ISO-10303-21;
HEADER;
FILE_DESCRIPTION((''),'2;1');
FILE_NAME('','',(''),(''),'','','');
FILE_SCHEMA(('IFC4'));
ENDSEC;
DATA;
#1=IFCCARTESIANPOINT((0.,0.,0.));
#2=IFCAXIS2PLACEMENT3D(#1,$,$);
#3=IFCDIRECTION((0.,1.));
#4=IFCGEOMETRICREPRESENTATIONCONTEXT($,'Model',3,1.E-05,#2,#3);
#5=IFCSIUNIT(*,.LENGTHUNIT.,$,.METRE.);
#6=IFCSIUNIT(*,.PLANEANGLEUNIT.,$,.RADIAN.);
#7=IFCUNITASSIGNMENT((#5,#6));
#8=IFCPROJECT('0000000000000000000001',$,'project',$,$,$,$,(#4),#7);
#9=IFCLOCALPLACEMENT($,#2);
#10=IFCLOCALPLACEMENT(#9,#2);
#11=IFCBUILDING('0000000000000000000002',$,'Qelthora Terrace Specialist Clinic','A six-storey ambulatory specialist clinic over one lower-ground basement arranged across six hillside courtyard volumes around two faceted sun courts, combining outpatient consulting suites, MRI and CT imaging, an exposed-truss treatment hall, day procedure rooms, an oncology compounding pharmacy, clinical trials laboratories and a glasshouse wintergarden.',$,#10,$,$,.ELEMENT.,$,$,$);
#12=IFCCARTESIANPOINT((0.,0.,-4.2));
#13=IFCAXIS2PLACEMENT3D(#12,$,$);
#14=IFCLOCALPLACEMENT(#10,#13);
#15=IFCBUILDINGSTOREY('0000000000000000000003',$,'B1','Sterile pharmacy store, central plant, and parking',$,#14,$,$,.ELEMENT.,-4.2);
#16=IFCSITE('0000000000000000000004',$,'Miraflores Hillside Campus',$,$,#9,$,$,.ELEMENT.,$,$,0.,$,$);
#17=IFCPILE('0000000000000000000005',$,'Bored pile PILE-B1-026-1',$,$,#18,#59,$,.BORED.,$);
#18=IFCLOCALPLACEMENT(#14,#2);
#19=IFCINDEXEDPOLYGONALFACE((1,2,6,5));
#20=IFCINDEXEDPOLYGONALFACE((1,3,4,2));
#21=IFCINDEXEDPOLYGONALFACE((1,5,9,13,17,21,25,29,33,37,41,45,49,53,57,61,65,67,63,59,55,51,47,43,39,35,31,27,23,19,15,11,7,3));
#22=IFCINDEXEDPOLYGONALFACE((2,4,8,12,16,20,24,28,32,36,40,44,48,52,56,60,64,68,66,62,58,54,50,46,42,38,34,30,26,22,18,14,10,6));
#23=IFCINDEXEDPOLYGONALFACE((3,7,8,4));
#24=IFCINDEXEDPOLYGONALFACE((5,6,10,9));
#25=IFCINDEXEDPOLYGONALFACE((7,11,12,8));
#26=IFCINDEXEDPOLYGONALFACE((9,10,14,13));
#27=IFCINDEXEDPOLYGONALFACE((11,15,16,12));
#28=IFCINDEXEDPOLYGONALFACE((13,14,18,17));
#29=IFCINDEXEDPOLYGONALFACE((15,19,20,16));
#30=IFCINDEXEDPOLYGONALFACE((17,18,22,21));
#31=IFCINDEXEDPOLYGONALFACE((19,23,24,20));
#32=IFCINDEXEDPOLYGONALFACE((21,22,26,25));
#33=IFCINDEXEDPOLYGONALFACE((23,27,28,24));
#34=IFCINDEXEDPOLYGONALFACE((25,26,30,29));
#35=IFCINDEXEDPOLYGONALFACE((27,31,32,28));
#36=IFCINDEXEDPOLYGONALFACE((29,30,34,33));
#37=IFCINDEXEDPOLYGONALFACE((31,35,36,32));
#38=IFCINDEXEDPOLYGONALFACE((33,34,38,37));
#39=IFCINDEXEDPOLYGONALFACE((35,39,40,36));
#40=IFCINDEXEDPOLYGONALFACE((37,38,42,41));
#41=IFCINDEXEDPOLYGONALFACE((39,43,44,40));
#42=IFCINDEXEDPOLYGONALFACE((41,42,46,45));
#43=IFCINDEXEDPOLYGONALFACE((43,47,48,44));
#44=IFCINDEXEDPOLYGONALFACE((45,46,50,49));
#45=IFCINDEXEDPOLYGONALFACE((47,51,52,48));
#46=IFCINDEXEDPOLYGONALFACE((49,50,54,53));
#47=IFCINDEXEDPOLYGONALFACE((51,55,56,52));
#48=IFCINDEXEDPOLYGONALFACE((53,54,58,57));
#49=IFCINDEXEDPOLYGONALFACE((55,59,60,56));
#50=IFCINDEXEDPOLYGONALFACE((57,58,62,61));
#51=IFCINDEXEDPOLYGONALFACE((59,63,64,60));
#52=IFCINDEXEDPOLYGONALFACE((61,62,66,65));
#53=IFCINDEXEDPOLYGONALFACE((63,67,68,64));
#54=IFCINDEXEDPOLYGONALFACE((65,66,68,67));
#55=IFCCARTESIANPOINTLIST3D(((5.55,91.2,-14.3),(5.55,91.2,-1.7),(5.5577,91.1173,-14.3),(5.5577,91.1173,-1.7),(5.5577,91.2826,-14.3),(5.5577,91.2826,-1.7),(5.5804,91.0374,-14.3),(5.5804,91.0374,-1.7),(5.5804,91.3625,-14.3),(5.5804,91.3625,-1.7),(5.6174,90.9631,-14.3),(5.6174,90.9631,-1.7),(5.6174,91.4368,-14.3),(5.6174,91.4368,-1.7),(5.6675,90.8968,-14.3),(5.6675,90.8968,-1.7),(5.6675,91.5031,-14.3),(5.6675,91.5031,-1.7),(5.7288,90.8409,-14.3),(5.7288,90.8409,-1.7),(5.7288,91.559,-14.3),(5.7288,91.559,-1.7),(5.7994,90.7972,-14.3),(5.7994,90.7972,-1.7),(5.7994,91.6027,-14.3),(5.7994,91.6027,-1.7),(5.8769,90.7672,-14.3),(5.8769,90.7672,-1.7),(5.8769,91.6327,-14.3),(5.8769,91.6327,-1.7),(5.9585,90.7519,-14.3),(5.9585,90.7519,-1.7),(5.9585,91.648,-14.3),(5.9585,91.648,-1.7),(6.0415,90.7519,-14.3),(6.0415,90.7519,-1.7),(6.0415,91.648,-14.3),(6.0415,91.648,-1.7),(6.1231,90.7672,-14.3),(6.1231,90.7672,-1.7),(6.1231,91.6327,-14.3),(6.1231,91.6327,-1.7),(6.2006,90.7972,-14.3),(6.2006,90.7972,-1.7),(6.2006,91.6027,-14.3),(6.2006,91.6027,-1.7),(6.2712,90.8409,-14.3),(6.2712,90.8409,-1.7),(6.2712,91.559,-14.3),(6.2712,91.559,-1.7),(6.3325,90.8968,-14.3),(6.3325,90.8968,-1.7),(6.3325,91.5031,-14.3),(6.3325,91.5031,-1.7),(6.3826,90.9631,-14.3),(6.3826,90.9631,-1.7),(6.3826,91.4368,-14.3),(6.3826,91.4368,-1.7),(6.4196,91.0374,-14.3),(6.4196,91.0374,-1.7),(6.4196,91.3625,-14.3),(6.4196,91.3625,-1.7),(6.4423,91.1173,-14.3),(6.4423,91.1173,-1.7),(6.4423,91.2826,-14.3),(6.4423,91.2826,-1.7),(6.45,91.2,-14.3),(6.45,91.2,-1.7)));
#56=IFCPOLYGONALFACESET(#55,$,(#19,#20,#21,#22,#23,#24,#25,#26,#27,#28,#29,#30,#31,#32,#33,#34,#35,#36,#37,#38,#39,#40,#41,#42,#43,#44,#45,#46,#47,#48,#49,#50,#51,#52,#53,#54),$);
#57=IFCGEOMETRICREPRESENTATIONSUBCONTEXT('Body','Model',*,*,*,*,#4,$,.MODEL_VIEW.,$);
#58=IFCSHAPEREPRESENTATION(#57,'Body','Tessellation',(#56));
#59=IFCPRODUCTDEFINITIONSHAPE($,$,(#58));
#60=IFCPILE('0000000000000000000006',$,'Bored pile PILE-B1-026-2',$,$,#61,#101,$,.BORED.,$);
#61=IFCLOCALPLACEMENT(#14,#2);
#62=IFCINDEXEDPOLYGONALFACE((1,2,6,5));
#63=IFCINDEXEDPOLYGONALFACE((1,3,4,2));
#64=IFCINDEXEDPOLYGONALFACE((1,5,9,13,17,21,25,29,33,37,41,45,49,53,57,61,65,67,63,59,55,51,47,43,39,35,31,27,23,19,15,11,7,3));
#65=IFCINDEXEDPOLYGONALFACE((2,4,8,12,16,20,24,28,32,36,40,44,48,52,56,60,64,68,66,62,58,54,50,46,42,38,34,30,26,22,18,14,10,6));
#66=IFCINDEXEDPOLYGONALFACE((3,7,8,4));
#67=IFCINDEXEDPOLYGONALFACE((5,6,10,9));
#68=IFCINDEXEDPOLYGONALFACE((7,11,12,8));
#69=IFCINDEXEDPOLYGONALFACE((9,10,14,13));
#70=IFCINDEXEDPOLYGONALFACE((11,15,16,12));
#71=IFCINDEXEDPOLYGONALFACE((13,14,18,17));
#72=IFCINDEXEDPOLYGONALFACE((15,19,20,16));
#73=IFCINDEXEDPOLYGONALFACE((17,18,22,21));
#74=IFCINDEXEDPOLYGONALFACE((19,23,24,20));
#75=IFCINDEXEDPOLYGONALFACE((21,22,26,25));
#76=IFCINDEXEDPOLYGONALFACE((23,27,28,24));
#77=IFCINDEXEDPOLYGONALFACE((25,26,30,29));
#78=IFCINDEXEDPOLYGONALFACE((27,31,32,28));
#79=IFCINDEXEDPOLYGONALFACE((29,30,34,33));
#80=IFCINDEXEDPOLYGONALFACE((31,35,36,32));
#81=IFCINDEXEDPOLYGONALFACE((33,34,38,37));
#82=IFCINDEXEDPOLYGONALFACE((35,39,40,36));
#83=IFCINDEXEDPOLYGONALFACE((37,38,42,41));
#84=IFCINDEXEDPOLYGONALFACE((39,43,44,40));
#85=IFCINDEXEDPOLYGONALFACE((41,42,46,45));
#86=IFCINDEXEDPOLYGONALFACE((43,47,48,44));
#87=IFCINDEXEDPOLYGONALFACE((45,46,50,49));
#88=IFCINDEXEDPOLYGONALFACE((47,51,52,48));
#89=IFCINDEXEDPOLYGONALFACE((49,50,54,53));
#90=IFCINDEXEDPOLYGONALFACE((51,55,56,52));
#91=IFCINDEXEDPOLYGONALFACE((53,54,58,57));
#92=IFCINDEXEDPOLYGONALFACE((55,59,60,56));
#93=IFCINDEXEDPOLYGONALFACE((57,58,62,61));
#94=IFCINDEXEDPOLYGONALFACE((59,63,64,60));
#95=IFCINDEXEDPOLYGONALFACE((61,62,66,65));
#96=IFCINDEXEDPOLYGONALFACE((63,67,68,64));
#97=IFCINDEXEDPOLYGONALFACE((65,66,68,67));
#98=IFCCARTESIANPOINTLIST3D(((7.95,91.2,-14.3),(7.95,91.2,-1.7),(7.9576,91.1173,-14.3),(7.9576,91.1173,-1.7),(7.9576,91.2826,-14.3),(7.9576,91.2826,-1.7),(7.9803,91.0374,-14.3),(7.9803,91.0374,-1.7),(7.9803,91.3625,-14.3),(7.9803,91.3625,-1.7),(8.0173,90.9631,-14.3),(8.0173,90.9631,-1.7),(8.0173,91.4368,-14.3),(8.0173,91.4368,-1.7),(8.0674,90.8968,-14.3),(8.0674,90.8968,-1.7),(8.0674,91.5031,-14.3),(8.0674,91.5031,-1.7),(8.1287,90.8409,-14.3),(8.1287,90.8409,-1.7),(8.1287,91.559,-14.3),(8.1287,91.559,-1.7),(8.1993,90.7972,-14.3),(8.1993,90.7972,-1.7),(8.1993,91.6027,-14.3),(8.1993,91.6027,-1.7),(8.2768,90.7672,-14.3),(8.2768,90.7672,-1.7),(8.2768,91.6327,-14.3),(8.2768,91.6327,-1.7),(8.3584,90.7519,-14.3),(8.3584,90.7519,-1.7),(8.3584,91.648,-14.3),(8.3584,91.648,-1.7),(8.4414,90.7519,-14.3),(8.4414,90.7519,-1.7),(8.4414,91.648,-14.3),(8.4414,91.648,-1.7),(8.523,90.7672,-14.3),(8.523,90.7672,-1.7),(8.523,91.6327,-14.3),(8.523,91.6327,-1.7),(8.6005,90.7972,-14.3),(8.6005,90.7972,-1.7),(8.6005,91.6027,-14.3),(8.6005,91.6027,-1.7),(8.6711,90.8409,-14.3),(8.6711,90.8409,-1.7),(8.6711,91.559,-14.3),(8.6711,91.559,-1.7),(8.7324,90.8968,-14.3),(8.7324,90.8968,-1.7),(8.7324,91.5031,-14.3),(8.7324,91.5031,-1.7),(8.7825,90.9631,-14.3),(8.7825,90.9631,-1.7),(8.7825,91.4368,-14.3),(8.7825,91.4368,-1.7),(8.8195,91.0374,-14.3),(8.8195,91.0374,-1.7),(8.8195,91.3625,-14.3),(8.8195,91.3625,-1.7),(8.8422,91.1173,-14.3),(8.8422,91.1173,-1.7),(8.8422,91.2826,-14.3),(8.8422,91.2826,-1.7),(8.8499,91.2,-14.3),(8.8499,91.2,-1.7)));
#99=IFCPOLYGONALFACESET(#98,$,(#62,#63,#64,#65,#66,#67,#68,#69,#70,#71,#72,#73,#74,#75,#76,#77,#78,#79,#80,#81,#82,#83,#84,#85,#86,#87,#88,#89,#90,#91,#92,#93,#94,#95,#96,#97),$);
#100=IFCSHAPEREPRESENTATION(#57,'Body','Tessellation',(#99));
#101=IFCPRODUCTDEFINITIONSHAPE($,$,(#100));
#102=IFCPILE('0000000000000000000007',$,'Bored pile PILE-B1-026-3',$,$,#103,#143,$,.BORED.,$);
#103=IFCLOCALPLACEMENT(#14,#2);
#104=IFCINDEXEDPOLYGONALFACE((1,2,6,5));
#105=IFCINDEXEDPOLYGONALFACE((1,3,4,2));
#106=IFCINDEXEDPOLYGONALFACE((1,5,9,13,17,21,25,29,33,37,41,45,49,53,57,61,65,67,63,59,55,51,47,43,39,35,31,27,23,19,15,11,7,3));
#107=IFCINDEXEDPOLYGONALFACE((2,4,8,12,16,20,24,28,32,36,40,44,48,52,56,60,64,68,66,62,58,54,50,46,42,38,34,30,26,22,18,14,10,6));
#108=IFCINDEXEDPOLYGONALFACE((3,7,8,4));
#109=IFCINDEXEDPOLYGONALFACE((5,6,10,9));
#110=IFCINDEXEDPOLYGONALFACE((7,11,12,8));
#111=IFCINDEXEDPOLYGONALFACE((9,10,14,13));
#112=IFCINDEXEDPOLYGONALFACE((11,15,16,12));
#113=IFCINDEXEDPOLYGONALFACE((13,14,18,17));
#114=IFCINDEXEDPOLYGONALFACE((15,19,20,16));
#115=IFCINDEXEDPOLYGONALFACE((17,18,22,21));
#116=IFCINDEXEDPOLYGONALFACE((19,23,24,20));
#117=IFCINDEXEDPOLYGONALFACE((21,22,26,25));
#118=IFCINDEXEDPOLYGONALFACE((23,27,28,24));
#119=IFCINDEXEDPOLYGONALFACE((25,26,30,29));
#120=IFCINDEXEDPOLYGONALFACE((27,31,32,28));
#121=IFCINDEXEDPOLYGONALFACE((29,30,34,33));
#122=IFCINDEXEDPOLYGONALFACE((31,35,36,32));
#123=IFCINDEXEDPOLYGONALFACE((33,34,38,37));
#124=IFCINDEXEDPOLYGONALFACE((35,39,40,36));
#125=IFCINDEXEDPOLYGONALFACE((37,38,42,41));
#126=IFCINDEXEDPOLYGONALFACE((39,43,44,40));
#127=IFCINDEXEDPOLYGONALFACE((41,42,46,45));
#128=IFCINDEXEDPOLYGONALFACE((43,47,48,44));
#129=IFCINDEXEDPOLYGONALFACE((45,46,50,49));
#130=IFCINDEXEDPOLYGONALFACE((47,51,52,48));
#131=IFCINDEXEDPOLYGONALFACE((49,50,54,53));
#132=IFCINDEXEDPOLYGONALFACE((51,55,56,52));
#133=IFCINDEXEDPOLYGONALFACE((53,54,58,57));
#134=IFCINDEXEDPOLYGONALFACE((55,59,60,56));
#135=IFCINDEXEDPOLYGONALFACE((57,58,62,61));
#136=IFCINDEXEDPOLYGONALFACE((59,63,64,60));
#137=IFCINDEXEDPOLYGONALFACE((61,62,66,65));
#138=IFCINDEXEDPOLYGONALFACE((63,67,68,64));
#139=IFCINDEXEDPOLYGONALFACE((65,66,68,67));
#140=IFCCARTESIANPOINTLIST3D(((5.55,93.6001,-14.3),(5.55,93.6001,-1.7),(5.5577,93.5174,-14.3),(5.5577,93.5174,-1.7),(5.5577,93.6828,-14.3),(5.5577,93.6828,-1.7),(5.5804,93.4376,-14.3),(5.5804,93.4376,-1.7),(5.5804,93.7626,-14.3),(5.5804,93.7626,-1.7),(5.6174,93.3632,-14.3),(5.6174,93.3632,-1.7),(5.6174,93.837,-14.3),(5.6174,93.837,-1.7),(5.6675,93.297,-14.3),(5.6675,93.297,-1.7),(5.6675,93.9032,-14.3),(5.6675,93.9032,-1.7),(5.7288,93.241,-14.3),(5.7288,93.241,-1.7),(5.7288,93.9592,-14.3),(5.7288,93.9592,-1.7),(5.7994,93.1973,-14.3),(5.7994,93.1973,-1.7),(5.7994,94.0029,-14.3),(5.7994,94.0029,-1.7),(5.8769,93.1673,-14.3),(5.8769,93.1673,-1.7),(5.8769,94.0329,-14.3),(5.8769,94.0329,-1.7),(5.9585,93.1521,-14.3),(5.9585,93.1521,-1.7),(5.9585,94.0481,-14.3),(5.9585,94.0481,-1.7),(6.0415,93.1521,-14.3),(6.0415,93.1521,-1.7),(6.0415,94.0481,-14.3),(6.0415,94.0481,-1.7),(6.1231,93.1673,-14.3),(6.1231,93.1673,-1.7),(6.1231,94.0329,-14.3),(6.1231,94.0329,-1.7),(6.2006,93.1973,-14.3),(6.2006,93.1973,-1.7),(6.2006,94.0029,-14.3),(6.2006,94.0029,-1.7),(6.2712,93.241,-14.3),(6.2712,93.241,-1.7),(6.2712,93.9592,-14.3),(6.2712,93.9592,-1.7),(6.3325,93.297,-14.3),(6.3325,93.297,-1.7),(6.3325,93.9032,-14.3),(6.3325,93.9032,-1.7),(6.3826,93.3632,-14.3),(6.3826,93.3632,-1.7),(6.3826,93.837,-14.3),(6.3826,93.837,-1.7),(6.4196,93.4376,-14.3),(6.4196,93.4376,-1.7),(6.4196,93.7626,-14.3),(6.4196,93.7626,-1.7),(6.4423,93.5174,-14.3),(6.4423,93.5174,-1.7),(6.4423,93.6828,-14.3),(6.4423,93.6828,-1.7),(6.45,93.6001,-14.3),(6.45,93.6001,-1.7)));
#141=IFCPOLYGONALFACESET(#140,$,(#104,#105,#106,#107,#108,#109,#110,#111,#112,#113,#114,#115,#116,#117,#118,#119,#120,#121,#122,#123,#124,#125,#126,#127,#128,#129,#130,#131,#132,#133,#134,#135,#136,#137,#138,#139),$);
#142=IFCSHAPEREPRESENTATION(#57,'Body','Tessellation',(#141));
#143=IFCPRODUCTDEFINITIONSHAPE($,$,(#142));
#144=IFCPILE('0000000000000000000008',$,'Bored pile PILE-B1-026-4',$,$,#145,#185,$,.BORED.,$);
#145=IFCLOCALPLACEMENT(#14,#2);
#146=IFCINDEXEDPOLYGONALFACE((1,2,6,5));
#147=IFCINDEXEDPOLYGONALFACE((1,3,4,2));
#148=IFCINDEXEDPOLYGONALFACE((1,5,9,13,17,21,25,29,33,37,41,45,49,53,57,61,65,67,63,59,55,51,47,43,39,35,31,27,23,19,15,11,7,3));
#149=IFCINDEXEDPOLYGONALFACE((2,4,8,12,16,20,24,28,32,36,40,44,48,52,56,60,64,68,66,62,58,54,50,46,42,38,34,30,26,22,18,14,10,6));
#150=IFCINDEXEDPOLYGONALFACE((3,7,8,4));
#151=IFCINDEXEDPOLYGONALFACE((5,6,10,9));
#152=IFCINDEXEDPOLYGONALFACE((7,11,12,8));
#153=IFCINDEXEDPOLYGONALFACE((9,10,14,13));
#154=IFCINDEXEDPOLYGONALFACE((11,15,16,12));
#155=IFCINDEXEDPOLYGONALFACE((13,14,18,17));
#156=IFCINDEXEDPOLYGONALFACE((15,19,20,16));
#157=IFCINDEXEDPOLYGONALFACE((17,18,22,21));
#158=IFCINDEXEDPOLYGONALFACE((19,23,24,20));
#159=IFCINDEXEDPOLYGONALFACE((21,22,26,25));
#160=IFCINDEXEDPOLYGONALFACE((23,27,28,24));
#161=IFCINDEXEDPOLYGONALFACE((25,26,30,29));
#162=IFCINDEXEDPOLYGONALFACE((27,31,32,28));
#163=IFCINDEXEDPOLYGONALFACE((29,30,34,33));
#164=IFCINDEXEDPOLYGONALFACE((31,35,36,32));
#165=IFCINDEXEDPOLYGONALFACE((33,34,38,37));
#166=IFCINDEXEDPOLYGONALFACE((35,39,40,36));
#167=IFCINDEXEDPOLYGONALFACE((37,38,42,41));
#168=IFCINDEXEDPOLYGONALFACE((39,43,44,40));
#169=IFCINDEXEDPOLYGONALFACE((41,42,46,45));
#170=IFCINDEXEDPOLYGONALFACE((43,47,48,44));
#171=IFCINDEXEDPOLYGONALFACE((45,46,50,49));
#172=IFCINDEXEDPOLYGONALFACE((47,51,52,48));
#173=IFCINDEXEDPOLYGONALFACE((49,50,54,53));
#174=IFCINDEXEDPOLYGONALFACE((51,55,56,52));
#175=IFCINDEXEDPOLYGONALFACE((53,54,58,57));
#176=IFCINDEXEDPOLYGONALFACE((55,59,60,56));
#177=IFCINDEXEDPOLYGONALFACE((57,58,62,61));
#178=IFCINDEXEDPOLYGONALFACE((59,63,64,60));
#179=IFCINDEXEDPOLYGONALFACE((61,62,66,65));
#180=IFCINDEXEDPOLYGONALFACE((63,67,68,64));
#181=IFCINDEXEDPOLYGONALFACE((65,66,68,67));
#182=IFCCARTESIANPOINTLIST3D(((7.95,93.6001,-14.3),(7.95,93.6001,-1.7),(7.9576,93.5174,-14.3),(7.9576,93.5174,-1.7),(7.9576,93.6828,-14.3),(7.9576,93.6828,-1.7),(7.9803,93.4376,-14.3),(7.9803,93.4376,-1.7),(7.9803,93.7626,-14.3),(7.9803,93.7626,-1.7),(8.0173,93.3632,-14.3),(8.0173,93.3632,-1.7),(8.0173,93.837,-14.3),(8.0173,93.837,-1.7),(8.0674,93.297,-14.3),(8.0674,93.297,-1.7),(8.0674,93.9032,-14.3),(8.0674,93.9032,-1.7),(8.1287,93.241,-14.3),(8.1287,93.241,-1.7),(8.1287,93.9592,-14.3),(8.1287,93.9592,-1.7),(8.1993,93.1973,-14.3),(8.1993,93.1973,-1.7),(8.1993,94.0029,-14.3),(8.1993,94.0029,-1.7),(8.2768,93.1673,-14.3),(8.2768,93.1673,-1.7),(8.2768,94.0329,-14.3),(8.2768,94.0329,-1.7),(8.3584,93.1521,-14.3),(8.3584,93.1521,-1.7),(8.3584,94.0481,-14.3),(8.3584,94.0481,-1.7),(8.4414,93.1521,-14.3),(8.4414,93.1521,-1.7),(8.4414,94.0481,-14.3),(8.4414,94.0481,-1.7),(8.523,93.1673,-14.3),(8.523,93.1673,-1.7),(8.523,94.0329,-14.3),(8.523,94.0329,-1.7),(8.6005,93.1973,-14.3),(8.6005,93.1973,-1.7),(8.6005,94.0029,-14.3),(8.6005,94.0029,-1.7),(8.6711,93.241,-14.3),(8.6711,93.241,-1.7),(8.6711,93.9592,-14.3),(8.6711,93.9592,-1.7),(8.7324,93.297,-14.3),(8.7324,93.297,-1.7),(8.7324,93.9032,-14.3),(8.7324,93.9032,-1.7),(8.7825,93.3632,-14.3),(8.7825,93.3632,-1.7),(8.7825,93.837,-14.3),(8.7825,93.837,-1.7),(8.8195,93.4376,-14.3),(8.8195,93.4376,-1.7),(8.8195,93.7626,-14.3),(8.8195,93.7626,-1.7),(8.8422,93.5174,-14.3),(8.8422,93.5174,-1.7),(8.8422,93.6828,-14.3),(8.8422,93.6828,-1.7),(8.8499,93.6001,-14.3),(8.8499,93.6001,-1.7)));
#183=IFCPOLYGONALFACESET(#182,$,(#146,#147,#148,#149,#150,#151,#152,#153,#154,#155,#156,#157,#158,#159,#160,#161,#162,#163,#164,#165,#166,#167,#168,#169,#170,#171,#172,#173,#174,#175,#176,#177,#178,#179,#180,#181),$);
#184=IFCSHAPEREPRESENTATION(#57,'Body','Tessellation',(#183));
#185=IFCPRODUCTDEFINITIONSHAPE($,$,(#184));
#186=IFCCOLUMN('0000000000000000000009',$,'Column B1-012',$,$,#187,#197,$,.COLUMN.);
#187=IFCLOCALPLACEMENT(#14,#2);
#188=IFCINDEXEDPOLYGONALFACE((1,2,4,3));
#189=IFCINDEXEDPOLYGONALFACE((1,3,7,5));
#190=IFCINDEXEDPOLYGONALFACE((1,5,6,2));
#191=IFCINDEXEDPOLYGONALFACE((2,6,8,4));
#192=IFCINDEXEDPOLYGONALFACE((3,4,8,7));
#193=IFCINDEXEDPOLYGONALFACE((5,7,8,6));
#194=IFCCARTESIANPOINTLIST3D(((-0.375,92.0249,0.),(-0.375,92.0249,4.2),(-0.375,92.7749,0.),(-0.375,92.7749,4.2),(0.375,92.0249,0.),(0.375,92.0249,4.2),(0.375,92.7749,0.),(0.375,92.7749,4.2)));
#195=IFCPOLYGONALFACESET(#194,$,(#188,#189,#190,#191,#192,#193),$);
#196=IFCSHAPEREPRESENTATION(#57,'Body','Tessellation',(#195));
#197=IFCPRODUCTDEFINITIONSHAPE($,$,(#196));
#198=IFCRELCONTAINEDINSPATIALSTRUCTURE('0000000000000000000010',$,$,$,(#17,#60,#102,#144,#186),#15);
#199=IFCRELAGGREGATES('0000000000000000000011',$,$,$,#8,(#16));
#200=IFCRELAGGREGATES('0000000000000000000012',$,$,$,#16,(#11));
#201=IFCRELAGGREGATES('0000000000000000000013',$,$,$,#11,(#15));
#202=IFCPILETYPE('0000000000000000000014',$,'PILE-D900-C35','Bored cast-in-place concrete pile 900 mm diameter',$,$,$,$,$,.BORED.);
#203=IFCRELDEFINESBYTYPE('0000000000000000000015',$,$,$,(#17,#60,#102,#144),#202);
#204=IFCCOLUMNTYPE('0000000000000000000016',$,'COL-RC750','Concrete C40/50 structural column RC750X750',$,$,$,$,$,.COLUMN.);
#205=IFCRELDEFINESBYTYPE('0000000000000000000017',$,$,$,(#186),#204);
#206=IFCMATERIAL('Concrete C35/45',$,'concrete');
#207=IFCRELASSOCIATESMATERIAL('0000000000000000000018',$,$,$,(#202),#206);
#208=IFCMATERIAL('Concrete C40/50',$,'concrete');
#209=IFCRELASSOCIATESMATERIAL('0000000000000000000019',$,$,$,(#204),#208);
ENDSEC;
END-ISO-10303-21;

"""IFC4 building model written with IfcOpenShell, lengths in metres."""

from ifc_helpers import new_model, si_unit, direction, frame, origin, origin_2d, place, context, subcontext, project, spatial, rectangle, circle, extrude, material, material_profile, profile_set, type_object, element, save


model = new_model("IFC4")

# Units and contexts
model_context = context("Model", 3, precision=1e-05, world=origin(), true_north=direction((0.0, 1.0)))
body_context = subcontext(model_context, "Body", "Model", "MODEL_VIEW")
ifc_project = project(units=[si_unit("LENGTHUNIT", "METRE"), si_unit("PLANEANGLEUNIT", "RADIAN")], contexts=[model_context])

# Site, building, storey
site_placement = place(None, origin())
site = spatial("IfcSite", under=ifc_project, at=site_placement, Name="Miraflores Hillside Campus", CompositionType="ELEMENT", RefElevation=0.0)
building_placement = place(site_placement, origin())
building = spatial("IfcBuilding", under=site, at=building_placement, Name="Qelthora Terrace Specialist Clinic", Description="A six-storey ambulatory specialist clinic over one lower-ground basement arranged across six hillside courtyard volumes around two faceted sun courts, combining outpatient consulting suites, MRI and CT imaging, an exposed-truss treatment hall, day procedure rooms, an oncology compounding pharmacy, clinical trials laboratories and a glasshouse wintergarden.", CompositionType="ELEMENT")
storey_placement = place(building_placement, frame((0.0, 0.0, -4.2)))
storey = spatial("IfcBuildingStorey", under=building, at=storey_placement, Name="B1", Description="Sterile pharmacy store, central plant, and parking", CompositionType="ELEMENT", Elevation=-4.2)

# Shared definitions
ifc_material_1 = material(Name="Concrete C35/45", Category="concrete")

# Piles
ifc_material_profile_1 = material_profile(ifc_material_1, circle(Radius=0.45, at=origin_2d()), Name="PILE900")
ifc_profile_set_1 = profile_set([ifc_material_profile_1], Name="Concrete C35/45")
pile_type_1 = type_object("IfcPileType", Name="PILE-D900-C35", Description="Bored cast-in-place concrete pile 900 mm diameter", PredefinedType="BORED", material=ifc_profile_set_1)
for number, where, z_axis, x_axis, name in (
    (1, (6.0, 91.2, -1.7), (0.0, 0.0, -1.0), (1.0, 0.0, 0.0), "Bored pile PILE-B1-026-1"),
    (2, (8.3999, 91.2, -1.7), (0.0, 0.0, -1.0), (1.0, 0.0, 0.0), "Bored pile PILE-B1-026-2"),
    (3, (6.0, 93.6001, -1.7), (0.0, 0.0, -1.0), (1.0, 0.0, 0.0), "Bored pile PILE-B1-026-3"),
    (4, (8.3999, 93.6001, -1.7), (0.0, 0.0, -1.0), (1.0, 0.0, 0.0), "Bored pile PILE-B1-026-4"),
):
    element("IfcPile", number, at=place(storey_placement, frame(where, z_axis=z_axis, x_axis=x_axis)), inside=storey, type_object=pile_type_1, Name=name, PredefinedType="BORED", context=body_context, shape_type="SweptSolid", body=[
        extrude(circle(Radius=0.45, at=origin_2d()), origin(), (0.0, 0.0, 1.0), 12.6001),
    ])

# Column
ifc_material_2 = material(Name="Concrete C40/50", Category="concrete")
ifc_material_profile_2 = material_profile(ifc_material_2, rectangle(XDim=0.75, YDim=0.75, at=origin_2d()), Name="RC750X750")
ifc_profile_set_2 = profile_set([ifc_material_profile_2], Name="Concrete C40/50")
column_type_1 = type_object("IfcColumnType", Name="COL-RC750", Description="Concrete C40/50 structural column RC750X750", PredefinedType="COLUMN", material=ifc_profile_set_2)
column_1_placement = place(storey_placement, frame((0.0, 92.3999, 0.0), z_axis=(0.0, 0.0, 1.0), x_axis=(1.0, 0.0, 0.0)))
element("IfcColumn", 5, at=column_1_placement, inside=storey, type_object=column_type_1, Name="Column B1-012", PredefinedType="COLUMN", context=body_context, shape_type="SweptSolid", body=[
    extrude(rectangle(XDim=0.75, YDim=0.75, at=origin_2d()), origin(), (0.0, 0.0, 1.0), 4.2),
])

save(model, "model.ifc")
